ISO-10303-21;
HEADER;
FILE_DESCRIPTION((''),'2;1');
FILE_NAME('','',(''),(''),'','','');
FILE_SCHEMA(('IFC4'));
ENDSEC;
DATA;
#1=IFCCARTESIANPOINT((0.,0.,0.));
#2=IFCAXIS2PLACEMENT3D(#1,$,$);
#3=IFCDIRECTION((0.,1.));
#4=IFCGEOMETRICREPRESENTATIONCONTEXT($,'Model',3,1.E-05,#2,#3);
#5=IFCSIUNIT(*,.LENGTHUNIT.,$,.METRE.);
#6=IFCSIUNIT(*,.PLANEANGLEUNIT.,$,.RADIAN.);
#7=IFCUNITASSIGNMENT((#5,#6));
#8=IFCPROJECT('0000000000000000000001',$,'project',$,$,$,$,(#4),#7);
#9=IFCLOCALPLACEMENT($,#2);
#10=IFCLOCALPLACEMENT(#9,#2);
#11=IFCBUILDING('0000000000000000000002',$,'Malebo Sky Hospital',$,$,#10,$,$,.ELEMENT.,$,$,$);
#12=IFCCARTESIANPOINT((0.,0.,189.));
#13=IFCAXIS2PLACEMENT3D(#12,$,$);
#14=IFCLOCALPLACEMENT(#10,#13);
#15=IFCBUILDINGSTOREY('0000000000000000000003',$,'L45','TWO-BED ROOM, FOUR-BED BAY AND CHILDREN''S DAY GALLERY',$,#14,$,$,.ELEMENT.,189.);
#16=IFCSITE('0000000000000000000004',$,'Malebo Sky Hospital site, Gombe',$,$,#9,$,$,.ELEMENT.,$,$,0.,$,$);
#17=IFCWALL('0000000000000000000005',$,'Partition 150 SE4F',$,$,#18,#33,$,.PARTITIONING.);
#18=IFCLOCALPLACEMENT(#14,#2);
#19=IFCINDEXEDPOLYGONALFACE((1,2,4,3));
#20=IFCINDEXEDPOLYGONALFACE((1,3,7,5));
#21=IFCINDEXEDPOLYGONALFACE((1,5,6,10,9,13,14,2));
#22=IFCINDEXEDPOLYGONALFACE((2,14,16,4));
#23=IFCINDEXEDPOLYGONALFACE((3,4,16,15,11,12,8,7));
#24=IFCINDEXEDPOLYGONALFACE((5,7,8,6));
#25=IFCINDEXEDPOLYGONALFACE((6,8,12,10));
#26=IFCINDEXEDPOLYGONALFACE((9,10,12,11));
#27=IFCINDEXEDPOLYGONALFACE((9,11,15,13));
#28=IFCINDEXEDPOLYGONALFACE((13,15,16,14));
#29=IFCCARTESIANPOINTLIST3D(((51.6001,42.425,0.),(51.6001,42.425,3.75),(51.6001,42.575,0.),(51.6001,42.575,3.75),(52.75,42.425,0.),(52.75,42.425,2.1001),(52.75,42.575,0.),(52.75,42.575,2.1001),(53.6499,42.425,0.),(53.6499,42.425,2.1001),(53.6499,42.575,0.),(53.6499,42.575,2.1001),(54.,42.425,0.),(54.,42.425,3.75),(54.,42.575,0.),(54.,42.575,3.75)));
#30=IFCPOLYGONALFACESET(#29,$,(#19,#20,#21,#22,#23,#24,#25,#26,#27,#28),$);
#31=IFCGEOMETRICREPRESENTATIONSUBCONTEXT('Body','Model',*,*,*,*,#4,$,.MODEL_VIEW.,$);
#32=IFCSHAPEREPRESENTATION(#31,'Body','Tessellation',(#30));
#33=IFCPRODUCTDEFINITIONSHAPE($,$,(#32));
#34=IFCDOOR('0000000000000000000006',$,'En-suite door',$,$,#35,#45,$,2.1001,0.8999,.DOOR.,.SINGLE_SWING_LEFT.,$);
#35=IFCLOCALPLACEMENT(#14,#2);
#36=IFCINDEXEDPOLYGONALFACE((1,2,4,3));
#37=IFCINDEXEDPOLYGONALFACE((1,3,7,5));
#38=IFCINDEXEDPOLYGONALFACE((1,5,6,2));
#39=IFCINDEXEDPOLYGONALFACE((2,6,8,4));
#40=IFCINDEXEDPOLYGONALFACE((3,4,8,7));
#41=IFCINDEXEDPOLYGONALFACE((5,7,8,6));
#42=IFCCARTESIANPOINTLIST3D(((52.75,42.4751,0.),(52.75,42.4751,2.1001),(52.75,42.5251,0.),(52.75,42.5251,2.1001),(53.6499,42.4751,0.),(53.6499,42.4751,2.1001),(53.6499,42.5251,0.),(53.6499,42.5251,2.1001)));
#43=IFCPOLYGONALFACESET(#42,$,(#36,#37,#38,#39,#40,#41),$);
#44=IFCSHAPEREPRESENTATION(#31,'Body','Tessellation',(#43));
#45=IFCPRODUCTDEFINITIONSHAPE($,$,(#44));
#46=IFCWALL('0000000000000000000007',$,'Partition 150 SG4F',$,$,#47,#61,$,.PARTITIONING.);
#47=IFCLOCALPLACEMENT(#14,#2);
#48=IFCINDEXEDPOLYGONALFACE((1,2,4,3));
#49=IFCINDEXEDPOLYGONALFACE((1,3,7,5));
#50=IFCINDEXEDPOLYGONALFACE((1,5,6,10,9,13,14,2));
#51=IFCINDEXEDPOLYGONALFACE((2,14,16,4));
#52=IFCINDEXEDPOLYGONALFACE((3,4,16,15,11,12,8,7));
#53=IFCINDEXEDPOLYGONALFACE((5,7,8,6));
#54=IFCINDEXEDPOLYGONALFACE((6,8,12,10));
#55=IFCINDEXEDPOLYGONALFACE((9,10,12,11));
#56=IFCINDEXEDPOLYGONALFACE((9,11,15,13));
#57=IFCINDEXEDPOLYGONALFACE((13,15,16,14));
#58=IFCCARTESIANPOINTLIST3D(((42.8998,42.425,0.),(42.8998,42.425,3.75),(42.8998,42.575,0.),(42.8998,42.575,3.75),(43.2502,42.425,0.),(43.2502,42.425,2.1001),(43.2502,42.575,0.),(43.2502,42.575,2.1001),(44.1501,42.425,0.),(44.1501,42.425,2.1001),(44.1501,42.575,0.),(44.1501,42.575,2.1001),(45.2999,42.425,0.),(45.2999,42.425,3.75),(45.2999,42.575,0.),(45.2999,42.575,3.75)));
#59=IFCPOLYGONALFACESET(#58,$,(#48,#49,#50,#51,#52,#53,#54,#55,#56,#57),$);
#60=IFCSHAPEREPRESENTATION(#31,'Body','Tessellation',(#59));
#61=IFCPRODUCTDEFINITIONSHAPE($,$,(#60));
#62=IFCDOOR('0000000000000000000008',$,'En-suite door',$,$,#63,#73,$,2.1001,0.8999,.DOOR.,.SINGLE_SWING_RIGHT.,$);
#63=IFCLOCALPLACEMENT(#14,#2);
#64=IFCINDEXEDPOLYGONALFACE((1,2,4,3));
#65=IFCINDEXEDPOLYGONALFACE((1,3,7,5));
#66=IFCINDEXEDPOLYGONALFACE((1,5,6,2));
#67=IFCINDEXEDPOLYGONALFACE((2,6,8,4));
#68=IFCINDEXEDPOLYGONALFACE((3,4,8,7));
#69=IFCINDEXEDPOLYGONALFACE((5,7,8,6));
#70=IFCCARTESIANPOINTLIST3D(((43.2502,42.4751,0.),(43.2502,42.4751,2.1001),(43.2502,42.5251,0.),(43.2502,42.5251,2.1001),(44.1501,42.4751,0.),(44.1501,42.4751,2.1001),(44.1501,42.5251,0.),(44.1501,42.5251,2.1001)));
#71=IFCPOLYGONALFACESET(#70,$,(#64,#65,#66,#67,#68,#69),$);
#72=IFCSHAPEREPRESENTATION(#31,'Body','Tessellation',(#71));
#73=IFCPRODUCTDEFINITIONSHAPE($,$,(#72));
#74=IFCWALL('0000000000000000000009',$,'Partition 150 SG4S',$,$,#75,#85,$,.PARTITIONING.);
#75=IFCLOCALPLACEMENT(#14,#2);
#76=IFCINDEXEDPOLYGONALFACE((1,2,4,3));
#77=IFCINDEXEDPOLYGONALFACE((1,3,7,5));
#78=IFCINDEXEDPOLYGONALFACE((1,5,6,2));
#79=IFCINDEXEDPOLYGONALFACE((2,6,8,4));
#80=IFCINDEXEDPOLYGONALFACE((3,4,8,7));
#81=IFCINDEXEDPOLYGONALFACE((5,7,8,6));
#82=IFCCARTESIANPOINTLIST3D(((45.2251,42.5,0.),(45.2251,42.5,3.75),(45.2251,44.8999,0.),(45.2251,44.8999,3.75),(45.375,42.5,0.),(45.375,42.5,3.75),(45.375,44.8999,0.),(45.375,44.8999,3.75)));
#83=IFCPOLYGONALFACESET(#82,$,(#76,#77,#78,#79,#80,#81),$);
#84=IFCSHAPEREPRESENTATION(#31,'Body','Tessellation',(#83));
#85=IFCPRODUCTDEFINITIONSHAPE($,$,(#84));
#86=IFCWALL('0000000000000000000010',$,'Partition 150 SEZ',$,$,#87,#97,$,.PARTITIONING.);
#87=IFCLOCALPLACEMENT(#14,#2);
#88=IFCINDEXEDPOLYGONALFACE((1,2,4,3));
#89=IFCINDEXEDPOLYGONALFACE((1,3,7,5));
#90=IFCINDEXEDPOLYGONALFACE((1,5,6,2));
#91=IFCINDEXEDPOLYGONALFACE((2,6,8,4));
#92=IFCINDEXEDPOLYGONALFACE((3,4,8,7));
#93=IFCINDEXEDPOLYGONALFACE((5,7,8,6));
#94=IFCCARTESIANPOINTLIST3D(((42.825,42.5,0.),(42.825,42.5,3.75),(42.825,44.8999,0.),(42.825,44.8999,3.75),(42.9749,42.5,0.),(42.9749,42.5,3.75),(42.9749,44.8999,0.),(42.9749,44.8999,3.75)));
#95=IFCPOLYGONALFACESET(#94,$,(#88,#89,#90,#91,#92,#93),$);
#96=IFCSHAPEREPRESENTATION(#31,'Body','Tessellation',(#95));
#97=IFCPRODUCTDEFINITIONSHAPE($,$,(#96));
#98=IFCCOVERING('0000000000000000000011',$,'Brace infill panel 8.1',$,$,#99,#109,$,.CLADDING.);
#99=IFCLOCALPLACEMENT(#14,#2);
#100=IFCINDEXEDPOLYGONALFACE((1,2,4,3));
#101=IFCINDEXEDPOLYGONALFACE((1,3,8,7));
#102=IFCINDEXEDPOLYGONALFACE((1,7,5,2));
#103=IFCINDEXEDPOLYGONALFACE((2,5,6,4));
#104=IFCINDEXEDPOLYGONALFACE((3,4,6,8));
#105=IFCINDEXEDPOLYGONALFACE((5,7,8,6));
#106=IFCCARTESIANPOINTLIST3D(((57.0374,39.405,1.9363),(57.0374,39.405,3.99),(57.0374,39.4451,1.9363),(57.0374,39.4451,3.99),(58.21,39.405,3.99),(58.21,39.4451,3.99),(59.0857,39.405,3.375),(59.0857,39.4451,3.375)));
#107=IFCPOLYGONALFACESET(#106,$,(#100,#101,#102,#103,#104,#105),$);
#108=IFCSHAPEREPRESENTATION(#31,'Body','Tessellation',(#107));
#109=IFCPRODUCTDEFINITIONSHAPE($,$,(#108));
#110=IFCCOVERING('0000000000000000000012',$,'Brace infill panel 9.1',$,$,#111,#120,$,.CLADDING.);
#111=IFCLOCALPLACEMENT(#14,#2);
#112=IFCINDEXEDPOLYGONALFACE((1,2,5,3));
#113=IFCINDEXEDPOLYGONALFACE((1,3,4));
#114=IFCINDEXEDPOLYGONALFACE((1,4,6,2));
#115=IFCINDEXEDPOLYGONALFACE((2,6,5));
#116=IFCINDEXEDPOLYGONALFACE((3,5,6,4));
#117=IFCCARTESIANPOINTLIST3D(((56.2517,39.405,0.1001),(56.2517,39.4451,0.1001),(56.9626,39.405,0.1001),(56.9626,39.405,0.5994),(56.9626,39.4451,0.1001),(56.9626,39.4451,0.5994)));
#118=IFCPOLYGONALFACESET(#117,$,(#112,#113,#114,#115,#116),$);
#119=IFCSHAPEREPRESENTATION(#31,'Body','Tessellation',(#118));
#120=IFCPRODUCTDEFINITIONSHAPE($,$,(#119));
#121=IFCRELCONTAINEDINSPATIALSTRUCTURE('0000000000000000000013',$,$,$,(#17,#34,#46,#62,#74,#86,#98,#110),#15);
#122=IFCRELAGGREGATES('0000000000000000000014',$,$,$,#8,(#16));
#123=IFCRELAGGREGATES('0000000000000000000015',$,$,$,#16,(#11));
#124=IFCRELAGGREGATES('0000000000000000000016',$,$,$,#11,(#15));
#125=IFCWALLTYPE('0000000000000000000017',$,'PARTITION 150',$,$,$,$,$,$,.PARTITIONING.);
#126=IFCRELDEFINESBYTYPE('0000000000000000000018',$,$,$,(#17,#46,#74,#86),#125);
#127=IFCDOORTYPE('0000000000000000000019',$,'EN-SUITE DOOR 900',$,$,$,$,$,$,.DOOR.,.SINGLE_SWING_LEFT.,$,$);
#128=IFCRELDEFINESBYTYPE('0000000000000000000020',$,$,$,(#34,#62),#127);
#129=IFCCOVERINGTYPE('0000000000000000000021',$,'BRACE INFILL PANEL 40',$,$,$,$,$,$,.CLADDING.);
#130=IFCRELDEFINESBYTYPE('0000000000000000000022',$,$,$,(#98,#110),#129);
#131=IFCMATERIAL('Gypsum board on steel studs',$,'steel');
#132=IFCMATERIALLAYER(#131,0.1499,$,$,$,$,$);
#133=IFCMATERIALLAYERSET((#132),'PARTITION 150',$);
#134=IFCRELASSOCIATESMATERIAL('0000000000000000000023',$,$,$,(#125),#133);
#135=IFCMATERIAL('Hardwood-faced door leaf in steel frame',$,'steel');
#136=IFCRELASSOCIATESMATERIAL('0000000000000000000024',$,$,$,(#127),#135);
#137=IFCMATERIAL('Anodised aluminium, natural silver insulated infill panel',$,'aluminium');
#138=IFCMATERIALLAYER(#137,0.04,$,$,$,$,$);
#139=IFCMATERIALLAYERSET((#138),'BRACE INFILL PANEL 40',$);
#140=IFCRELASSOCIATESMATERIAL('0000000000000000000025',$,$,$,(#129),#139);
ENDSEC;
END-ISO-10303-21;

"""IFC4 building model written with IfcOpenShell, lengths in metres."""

from ifc_helpers import new_model, si_unit, direction, frame, frame_2d, origin, place, context, subcontext, project, spatial, polyline, rectangle, outline, extrude, material, layer, layer_set, type_object, element, fill, save


model = new_model("IFC4")

# Units and contexts
model_context = context("Model", 3, precision=1e-05, world=origin(), true_north=direction((0.0, 1.0)))
body_context = subcontext(model_context, "Body", "Model", "MODEL_VIEW")
ifc_project = project(units=[si_unit("LENGTHUNIT", "METRE"), si_unit("PLANEANGLEUNIT", "RADIAN")], contexts=[model_context])

# Site, building, storey
site_placement = place(None, origin())
site = spatial("IfcSite", under=ifc_project, at=site_placement, Name="Malebo Sky Hospital site, Gombe", CompositionType="ELEMENT", RefElevation=0.0)
building_placement = place(site_placement, origin())
building = spatial("IfcBuilding", under=site, at=building_placement, Name="Malebo Sky Hospital", CompositionType="ELEMENT")
storey_placement = place(building_placement, frame((0.0, 0.0, 189.0)))
storey = spatial("IfcBuildingStorey", under=building, at=storey_placement, Name="L45", Description="TWO-BED ROOM, FOUR-BED BAY AND CHILDREN'S DAY GALLERY", CompositionType="ELEMENT", Elevation=189.0)

# Walls, openings, doors
ifc_material_1 = material(Name="Gypsum board on steel studs", Category="steel")
ifc_layer_1 = layer(ifc_material_1, 0.1499)
ifc_layer_set_1 = layer_set([ifc_layer_1], Name="PARTITION 150")
wall_type = type_object("IfcWallType", Name="PARTITION 150", PredefinedType="PARTITIONING", material=ifc_layer_set_1)
wall_1_placement = place(storey_placement, frame((54.0, 42.5, 0.0), z_axis=(0.0, 0.0, 1.0), x_axis=(-1.0, 0.0, 0.0)))
wall_1 = element("IfcWall", 1, at=wall_1_placement, inside=storey, type_object=wall_type, Name="Partition 150 SE4F", PredefinedType="PARTITIONING", context=body_context, shape_type="SweptSolid", body=[
    extrude(rectangle(XDim=2.3999, YDim=0.1499, at=frame_2d((1.2, 0.0))), origin(), (0.0, 0.0, 1.0), 3.75),
])
opening_1_placement = place(wall_1_placement, frame((0.3501, 0.0, 0.0)))
opening_1 = element("IfcOpeningElement", 2, at=opening_1_placement, cuts=wall_1, PredefinedType="OPENING", context=body_context, shape_type="SweptSolid", body=[
    extrude(rectangle(XDim=0.8999, YDim=2.1001, at=frame_2d((0.45, 1.05))), frame((0.0, 0.085, 0.0), z_axis=(0.0, -1.0, 0.0), x_axis=(1.0, 0.0, 0.0)), (0.0, 0.0, 1.0), 0.1699),
])
ifc_material_2 = material(Name="Hardwood-faced door leaf in steel frame", Category="steel")
door_type = type_object("IfcDoorType", Name="EN-SUITE DOOR 900", OperationType="SINGLE_SWING_LEFT", PredefinedType="DOOR", material=ifc_material_2)
door_1_placement = place(opening_1_placement, origin())
door_1 = element("IfcDoor", 3, at=door_1_placement, inside=storey, type_object=door_type, Name="En-suite door", OperationType="SINGLE_SWING_LEFT", OverallHeight=2.1001, OverallWidth=0.8999, PredefinedType="DOOR", context=body_context, shape_type="SweptSolid", body=[
    extrude(rectangle(XDim=0.8999, YDim=2.1001, at=frame_2d((0.45, 1.05))), frame((0.0, 0.0249, 0.0), z_axis=(0.0, -1.0, 0.0), x_axis=(1.0, 0.0, 0.0)), (0.0, 0.0, 1.0), 0.05),
])
fill(opening_1, door_1)
wall_2_placement = place(storey_placement, frame((45.3, 42.5, 0.0), z_axis=(0.0, 0.0, 1.0), x_axis=(-1.0, 0.0, 0.0)))
wall_2 = element("IfcWall", 4, at=wall_2_placement, inside=storey, type_object=wall_type, Name="Partition 150 SG4F", PredefinedType="PARTITIONING", context=body_context, shape_type="SweptSolid", body=[
    extrude(rectangle(XDim=2.4001, YDim=0.1499, at=frame_2d((1.2002, 0.0))), origin(), (0.0, 0.0, 1.0), 3.75),
])
opening_2_placement = place(wall_2_placement, frame((1.1499, 0.0, 0.0)))
opening_2 = element("IfcOpeningElement", 5, at=opening_2_placement, cuts=wall_2, PredefinedType="OPENING", context=body_context, shape_type="SweptSolid", body=[
    extrude(rectangle(XDim=0.8999, YDim=2.1001, at=frame_2d((0.45, 1.05))), frame((0.0, 0.085, 0.0), z_axis=(0.0, -1.0, 0.0), x_axis=(1.0, 0.0, 0.0)), (0.0, 0.0, 1.0), 0.1699),
])
door_2_placement = place(opening_2_placement, origin())
door_2 = element("IfcDoor", 6, at=door_2_placement, inside=storey, type_object=door_type, Name="En-suite door", OperationType="SINGLE_SWING_RIGHT", OverallHeight=2.1001, OverallWidth=0.8999, PredefinedType="DOOR", context=body_context, shape_type="SweptSolid", body=[
    extrude(rectangle(XDim=0.8999, YDim=2.1001, at=frame_2d((0.45, 1.05))), frame((0.0, 0.0249, 0.0), z_axis=(0.0, -1.0, 0.0), x_axis=(1.0, 0.0, 0.0)), (0.0, 0.0, 1.0), 0.05),
])
fill(opening_2, door_2)

# Walls
for number, where, z_axis, x_axis, name in (
    (7, (45.3, 44.8999, 0.0), (0.0, 0.0, 1.0), (0.0, -1.0, 0.0), "Partition 150 SG4S"),
    (8, (42.8999, 44.8999, 0.0), (0.0, 0.0, 1.0), (0.0, -1.0, 0.0), "Partition 150 SEZ"),
):
    element("IfcWall", number, at=place(storey_placement, frame(where, z_axis=z_axis, x_axis=x_axis)), inside=storey, type_object=wall_type, Name=name, PredefinedType="PARTITIONING", context=body_context, shape_type="SweptSolid", body=[
        extrude(rectangle(XDim=2.3999, YDim=0.1499, at=frame_2d((1.2, 0.0))), origin(), (0.0, 0.0, 1.0), 3.75),
    ])

# Coverings
ifc_material_3 = material(Name="Anodised aluminium, natural silver insulated infill panel", Category="aluminium")
ifc_layer_2 = layer(ifc_material_3, 0.04)
ifc_layer_set_2 = layer_set([ifc_layer_2], Name="BRACE INFILL PANEL 40")
covering_type = type_object("IfcCoveringType", Name="BRACE INFILL PANEL 40", PredefinedType="CLADDING", material=ifc_layer_set_2)
covering_1_placement = place(storey_placement, frame((58.0615, 39.425, 1.9363), z_axis=(0.0, 0.0, 1.0), x_axis=(-1.0, 0.0, 0.0)))
element("IfcCovering", 9, at=covering_1_placement, inside=storey, type_object=covering_type, Name="Brace infill panel 8.1", PredefinedType="CLADDING", context=body_context, shape_type="SweptSolid", body=[
    extrude(outline(polyline([(1.0242, 0.0), (1.0242, 2.0537), (-0.1484, 2.0537), (-1.0242, 1.4387), (1.0242, 0.0)])), frame((0.0, 0.02, 0.0), z_axis=(0.0, -1.0, 0.0), x_axis=(1.0, 0.0, 0.0)), (0.0, 0.0, 1.0), 0.04),
])
covering_2_placement = place(storey_placement, frame((56.6072, 39.425, 0.1001), z_axis=(0.0, 0.0, 1.0), x_axis=(-1.0, 0.0, 0.0)))
element("IfcCovering", 10, at=covering_2_placement, inside=storey, type_object=covering_type, Name="Brace infill panel 9.1", PredefinedType="CLADDING", context=body_context, shape_type="SweptSolid", body=[
    extrude(outline(polyline([(-0.3555, 0.0), (0.3555, 0.0), (-0.3555, 0.4993), (-0.3555, 0.0)])), frame((0.0, 0.02, 0.0), z_axis=(0.0, -1.0, 0.0), x_axis=(1.0, 0.0, 0.0)), (0.0, 0.0, 1.0), 0.04),
])

save(model, "model.ifc")
